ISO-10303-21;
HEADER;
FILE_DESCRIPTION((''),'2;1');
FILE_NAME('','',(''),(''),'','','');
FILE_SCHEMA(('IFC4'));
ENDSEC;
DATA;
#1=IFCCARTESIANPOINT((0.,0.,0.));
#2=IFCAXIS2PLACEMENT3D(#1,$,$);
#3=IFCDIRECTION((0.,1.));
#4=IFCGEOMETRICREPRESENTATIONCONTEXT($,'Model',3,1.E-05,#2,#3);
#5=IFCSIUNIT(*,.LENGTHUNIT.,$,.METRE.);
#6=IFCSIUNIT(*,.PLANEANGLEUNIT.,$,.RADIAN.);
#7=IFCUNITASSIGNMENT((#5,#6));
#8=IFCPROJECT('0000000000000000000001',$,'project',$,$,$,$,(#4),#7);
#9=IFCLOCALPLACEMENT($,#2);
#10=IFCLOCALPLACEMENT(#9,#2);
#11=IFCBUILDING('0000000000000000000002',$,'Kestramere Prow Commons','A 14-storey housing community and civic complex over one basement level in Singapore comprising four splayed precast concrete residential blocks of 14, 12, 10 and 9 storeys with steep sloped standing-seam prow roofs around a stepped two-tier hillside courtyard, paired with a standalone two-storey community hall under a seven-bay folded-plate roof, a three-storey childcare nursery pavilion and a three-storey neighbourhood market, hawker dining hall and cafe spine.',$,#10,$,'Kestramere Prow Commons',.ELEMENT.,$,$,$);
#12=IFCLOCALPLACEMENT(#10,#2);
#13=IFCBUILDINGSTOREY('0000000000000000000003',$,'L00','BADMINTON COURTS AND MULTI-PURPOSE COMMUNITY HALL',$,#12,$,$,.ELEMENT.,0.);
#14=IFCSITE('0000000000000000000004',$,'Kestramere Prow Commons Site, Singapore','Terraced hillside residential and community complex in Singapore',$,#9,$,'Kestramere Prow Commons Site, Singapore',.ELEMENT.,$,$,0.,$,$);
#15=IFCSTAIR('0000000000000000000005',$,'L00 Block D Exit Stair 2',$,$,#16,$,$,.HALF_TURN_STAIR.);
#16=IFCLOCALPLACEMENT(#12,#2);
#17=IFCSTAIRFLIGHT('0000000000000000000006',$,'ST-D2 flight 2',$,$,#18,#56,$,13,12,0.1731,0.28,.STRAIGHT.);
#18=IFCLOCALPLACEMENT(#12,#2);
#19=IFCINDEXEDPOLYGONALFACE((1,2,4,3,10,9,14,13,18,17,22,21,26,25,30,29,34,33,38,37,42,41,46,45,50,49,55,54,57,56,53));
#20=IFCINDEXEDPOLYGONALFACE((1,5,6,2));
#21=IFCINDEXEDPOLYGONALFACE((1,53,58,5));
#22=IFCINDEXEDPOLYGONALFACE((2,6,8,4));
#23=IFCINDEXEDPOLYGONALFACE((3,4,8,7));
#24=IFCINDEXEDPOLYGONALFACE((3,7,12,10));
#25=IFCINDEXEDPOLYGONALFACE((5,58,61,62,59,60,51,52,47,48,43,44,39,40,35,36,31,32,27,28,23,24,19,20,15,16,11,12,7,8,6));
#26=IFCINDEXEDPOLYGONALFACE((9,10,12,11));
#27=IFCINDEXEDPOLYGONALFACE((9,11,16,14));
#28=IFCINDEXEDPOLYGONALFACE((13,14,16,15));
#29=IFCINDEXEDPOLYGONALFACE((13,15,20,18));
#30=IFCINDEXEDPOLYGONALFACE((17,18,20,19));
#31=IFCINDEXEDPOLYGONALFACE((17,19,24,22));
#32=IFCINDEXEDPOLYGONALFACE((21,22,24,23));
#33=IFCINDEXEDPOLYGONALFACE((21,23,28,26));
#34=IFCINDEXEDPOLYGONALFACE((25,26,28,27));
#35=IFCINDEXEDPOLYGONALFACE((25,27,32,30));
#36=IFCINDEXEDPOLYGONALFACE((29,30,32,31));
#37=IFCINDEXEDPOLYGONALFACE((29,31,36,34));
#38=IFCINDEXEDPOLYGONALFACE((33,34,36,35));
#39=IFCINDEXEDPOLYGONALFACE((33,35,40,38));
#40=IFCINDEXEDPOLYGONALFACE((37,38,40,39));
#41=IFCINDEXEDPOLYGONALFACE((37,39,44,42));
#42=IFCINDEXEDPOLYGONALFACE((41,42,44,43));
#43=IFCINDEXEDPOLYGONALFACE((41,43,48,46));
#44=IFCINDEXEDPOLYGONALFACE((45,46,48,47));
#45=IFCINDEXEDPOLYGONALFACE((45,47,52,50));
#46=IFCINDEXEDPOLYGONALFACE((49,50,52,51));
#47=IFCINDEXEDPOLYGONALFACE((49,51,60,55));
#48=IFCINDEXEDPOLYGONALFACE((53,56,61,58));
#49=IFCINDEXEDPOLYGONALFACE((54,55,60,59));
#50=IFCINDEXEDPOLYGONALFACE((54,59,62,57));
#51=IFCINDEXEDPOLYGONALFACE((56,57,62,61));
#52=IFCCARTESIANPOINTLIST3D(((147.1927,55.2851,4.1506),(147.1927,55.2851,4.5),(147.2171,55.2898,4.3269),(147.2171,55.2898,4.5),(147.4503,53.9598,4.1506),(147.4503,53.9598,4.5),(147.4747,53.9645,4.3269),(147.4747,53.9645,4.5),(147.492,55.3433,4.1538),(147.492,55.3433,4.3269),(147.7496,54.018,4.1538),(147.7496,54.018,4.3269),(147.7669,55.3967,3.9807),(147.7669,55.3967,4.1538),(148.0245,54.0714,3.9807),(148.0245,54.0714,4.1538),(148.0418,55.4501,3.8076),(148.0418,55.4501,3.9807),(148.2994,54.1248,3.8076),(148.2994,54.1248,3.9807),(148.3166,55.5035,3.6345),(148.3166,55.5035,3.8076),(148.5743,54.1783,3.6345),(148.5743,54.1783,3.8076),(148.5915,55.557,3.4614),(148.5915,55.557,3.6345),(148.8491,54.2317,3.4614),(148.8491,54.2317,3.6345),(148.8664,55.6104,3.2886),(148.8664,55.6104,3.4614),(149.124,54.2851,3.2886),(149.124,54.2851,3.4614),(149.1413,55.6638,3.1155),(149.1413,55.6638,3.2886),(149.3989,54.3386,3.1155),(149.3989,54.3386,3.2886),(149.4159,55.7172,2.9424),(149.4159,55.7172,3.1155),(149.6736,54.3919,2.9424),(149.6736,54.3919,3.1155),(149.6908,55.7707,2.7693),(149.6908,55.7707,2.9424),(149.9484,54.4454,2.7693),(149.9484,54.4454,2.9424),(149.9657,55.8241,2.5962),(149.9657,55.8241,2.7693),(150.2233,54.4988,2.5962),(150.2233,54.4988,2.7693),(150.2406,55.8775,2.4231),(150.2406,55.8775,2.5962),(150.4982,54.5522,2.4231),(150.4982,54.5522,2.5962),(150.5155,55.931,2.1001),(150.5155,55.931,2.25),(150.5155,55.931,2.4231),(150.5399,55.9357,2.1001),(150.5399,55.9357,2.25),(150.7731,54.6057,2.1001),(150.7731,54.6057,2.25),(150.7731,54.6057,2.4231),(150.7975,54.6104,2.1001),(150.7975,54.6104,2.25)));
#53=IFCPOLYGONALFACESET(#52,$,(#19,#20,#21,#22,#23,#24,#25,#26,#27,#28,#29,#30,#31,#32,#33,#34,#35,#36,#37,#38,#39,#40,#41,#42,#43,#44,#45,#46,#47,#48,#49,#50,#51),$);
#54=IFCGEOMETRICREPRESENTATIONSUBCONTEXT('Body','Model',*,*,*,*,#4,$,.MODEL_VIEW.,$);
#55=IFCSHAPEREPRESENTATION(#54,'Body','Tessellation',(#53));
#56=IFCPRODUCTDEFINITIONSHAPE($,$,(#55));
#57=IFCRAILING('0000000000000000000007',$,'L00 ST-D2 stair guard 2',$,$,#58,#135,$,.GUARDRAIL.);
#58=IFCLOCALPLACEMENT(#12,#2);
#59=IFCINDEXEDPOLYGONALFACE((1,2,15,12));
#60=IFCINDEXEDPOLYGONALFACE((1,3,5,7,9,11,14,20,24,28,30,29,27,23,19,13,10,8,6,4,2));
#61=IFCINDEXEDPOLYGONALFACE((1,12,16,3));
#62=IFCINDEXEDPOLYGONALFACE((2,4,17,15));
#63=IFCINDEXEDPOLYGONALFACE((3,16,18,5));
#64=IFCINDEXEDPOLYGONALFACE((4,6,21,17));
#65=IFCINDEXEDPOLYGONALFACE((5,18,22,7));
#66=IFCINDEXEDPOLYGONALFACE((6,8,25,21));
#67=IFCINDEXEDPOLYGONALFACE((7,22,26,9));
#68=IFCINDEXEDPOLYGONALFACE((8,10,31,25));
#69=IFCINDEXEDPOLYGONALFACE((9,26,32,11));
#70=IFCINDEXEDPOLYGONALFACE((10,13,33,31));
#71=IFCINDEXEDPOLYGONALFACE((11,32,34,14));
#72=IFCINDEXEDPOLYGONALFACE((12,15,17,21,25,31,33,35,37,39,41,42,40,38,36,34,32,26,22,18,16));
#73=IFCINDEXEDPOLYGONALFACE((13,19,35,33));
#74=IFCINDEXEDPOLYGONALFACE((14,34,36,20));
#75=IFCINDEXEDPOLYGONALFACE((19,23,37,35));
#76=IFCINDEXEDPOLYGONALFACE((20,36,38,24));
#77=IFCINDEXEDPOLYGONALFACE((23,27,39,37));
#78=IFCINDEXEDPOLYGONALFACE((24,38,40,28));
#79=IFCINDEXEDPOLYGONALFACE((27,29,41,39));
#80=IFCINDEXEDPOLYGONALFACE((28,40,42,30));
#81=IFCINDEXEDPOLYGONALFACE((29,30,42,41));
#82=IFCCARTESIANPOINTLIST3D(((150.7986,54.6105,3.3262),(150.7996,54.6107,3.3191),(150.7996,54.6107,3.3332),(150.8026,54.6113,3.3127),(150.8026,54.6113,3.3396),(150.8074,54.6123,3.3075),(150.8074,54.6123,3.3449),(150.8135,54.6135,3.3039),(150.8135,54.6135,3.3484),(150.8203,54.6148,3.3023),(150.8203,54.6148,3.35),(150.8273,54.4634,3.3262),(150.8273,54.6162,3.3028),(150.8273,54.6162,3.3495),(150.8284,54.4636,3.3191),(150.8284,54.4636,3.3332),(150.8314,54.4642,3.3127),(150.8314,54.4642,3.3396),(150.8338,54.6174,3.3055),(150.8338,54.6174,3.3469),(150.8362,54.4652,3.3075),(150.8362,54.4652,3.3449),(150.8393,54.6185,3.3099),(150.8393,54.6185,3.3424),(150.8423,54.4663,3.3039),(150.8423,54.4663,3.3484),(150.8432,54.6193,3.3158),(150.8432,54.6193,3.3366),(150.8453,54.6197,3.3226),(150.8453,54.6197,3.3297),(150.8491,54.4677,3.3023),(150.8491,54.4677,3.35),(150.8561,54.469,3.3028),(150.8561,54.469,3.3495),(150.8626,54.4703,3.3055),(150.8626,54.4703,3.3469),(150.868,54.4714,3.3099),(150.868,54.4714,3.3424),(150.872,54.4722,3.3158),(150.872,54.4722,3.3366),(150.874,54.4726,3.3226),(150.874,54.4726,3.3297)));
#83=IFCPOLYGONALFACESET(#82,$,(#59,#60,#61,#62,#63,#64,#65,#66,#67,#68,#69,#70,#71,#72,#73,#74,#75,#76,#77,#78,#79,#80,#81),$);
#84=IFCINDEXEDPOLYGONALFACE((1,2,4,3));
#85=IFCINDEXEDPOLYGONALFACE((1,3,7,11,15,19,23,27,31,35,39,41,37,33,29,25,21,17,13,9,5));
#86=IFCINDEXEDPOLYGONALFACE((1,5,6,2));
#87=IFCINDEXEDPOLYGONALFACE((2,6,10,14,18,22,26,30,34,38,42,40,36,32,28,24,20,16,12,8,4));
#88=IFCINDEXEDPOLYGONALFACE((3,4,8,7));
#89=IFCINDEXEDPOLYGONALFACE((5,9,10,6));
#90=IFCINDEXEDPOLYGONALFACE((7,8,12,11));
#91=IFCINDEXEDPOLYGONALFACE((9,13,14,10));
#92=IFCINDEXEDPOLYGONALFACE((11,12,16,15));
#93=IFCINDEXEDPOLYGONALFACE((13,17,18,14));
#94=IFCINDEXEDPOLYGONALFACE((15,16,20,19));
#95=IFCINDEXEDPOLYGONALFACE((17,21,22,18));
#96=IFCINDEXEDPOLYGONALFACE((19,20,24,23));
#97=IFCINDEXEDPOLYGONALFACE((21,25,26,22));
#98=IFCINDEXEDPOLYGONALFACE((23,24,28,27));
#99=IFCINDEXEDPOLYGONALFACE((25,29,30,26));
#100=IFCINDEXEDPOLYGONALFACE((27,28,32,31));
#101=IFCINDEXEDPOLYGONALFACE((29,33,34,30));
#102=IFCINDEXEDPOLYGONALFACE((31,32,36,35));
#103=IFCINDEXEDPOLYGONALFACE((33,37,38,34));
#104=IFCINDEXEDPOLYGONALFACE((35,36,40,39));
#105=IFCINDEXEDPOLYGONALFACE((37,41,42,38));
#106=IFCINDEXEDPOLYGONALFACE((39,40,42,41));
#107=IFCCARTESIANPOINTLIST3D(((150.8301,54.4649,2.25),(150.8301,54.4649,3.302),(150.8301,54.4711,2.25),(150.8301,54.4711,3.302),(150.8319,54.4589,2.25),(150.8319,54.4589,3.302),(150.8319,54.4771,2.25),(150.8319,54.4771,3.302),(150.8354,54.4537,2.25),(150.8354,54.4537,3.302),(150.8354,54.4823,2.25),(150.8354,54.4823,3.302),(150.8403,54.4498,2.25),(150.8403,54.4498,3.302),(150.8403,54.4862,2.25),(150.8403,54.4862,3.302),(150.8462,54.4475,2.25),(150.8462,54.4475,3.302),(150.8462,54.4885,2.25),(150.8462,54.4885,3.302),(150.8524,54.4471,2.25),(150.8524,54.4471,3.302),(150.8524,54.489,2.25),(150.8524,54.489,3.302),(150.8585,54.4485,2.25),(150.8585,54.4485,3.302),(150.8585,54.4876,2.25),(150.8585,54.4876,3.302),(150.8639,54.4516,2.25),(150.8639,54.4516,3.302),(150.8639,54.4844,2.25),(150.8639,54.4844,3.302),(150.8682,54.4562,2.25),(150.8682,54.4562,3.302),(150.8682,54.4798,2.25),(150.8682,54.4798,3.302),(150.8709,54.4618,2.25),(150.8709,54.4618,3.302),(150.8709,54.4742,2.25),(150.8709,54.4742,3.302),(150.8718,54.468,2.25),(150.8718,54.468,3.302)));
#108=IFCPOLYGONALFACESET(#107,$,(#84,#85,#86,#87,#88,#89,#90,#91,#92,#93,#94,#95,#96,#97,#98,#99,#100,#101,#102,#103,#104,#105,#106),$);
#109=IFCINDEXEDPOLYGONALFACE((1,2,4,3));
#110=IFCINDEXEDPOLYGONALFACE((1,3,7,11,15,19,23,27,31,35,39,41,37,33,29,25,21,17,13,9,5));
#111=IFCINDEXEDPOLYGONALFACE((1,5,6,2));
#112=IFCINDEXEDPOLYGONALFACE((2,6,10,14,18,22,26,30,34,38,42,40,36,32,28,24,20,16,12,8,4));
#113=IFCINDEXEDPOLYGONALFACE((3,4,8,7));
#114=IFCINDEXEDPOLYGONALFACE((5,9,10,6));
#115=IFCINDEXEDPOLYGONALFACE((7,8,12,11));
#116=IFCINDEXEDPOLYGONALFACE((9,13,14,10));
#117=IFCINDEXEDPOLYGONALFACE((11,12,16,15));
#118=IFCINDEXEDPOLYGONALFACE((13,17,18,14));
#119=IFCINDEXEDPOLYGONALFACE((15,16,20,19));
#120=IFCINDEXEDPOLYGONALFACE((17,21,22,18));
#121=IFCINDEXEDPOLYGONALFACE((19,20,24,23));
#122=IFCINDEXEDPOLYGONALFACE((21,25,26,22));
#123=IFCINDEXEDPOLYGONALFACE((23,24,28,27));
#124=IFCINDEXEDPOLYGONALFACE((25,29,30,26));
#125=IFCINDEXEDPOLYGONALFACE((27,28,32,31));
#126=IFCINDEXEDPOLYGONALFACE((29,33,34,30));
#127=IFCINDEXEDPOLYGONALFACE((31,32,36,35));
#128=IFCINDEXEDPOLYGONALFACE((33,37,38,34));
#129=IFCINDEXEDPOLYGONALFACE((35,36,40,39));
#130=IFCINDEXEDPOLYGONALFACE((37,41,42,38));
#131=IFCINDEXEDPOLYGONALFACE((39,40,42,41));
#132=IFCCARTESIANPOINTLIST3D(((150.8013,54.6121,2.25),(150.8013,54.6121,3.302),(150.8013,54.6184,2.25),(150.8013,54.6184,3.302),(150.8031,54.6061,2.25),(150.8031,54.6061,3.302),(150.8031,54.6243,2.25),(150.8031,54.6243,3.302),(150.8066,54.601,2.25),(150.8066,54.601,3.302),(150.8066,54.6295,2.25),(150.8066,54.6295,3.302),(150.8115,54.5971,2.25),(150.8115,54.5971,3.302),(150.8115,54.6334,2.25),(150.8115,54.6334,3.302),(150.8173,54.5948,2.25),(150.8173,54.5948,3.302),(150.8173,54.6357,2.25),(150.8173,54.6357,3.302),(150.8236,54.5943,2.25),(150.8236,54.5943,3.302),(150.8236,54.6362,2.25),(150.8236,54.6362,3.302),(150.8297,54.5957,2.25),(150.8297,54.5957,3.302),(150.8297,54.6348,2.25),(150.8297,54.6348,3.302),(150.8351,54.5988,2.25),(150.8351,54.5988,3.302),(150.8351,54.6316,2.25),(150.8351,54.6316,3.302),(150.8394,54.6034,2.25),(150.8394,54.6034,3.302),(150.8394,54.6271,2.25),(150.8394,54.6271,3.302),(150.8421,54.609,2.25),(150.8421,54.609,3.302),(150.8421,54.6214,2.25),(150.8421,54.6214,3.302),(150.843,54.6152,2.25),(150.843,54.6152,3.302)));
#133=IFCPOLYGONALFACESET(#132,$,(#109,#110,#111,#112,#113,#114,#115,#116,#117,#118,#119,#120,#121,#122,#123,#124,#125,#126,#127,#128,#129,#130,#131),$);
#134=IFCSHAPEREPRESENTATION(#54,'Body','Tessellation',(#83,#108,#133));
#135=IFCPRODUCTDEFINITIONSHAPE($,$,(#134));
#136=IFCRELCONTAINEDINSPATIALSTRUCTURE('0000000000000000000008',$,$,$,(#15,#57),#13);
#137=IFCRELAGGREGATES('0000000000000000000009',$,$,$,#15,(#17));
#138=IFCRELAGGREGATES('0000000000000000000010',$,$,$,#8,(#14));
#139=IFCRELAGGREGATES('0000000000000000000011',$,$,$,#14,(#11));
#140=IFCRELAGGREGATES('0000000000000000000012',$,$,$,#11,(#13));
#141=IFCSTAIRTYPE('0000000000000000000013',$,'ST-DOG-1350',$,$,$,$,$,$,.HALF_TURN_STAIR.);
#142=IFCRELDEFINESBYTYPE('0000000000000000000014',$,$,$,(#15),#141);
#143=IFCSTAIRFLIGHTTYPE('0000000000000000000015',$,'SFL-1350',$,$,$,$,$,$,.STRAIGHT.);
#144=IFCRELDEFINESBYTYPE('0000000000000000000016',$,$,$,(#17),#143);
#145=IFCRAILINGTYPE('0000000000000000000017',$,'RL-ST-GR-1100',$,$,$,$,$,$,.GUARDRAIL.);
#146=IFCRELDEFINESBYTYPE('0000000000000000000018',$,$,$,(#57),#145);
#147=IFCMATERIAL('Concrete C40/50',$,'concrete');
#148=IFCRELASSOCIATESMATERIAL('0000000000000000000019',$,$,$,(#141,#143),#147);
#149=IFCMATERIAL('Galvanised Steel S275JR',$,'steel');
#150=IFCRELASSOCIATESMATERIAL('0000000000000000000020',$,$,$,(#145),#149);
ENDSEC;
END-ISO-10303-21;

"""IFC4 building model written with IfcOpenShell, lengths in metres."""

from ifc_helpers import new_model, si_unit, direction, frame, origin, origin_2d, place, context, subcontext, project, spatial, polyline, circle, outline, extrude, material, type_object, element, aggregate, save


model = new_model("IFC4")

# Units and contexts
model_context = context("Model", 3, precision=1e-05, world=origin(), true_north=direction((0.0, 1.0)))
body_context = subcontext(model_context, "Body", "Model", "MODEL_VIEW")
ifc_project = project(units=[si_unit("LENGTHUNIT", "METRE"), si_unit("PLANEANGLEUNIT", "RADIAN")], contexts=[model_context])

# Site, building, storey
site_placement = place(None, origin())
site = spatial("IfcSite", under=ifc_project, at=site_placement, Name="Kestramere Prow Commons Site, Singapore", Description="Terraced hillside residential and community complex in Singapore", LongName="Kestramere Prow Commons Site, Singapore", CompositionType="ELEMENT", RefElevation=0.0)
building_placement = place(site_placement, origin())
building = spatial("IfcBuilding", under=site, at=building_placement, Name="Kestramere Prow Commons", Description="A 14-storey housing community and civic complex over one basement level in Singapore comprising four splayed precast concrete residential blocks of 14, 12, 10 and 9 storeys with steep sloped standing-seam prow roofs around a stepped two-tier hillside courtyard, paired with a standalone two-storey community hall under a seven-bay folded-plate roof, a three-storey childcare nursery pavilion and a three-storey neighbourhood market, hawker dining hall and cafe spine.", LongName="Kestramere Prow Commons", CompositionType="ELEMENT")
storey_placement = place(building_placement, origin())
storey = spatial("IfcBuildingStorey", under=building, at=storey_placement, Name="L00", Description="BADMINTON COURTS AND MULTI-PURPOSE COMMUNITY HALL", CompositionType="ELEMENT", Elevation=0.0)

# Shared definitions
ifc_material_1 = material(Name="Concrete C40/50", Category="concrete")

# Stair, stair flight
stair_type = type_object("IfcStairType", Name="ST-DOG-1350", PredefinedType="HALF_TURN_STAIR", material=ifc_material_1)
stair_placement = place(storey_placement, origin())
stair = element("IfcStair", 1, at=stair_placement, inside=storey, type_object=stair_type, Name="L00 Block D Exit Stair 2", PredefinedType="HALF_TURN_STAIR")
stair_flight_type = type_object("IfcStairFlightType", Name="SFL-1350", PredefinedType="STRAIGHT", material=ifc_material_1)
stair_flight_placement = place(storey_placement, frame((150.6443, 55.2683, 2.25), z_axis=(0.0, 0.0, 1.0), x_axis=(-0.981627, -0.190809, 0.0)))
stair_flight = element("IfcStairFlight", 2, at=stair_flight_placement, type_object=stair_flight_type, Name="ST-D2 flight 2", NumberOfRisers=13, NumberOfTreads=12, PredefinedType="STRAIGHT", RiserHeight=0.1731, TreadLength=0.28, context=body_context, shape_type="SweptSolid", body=[
    extrude(outline(polyline([(-0.0249, 0.0), (0.0, 0.0), (0.0, 0.1731), (0.28, 0.1731), (0.28, 0.3462), (0.5601, 0.3462), (0.5601, 0.5193), (0.8401, 0.5193), (0.8401, 0.6924), (1.1201, 0.6924), (1.1201, 0.8655), (1.3999, 0.8655), (1.3999, 1.0386), (1.6799, 1.0386), (1.6799, 1.2114), (1.96, 1.2114), (1.96, 1.3845), (2.24, 1.3845), (2.24, 1.5576), (2.52, 1.5576), (2.52, 1.7307), (2.8, 1.7307), (2.8, 1.9038), (3.0801, 1.9038), (3.0801, 2.0769), (3.3601, 2.0769), (3.3601, 2.25), (3.385, 2.25), (3.385, 1.9006), (0.0, -0.1499), (-0.0249, -0.1499), (-0.0249, 0.0)])), frame((0.0, 0.675, 0.0), z_axis=(0.0, -1.0, 0.0), x_axis=(1.0, 0.0, 0.0)), (0.0, 0.0, 1.0), 1.3501),
])
aggregate(stair, [stair_flight])

# Railing
ifc_material_2 = material(Name="Galvanised Steel S275JR", Category="steel")
railing_type_1 = type_object("IfcRailingType", Name="RL-ST-GR-1100", PredefinedType="GUARDRAIL", material=ifc_material_2)
railing_1_placement = place(storey_placement, frame((150.8508, 54.468, 2.25)))
element("IfcRailing", 3, at=railing_1_placement, inside=storey, type_object=railing_type_1, Name="L00 ST-D2 stair guard 2", PredefinedType="GUARDRAIL", context=body_context, shape_type="SweptSolid", body=[
    extrude(circle(Radius=0.0239, at=origin_2d()), frame((0.0, 0.0, 1.0762), z_axis=(-0.192046, 0.981386, 0.0), x_axis=(-0.981386, -0.192046, 0.0)), (0.0, 0.0, 1.0), 0.1499),
    extrude(circle(Radius=0.021, at=origin_2d()), origin(), (0.0, 0.0, 1.0), 1.052),
    extrude(circle(Radius=0.021, at=origin_2d()), frame((-0.0288, 0.1472, 0.0)), (0.0, 0.0, 1.0), 1.052),
])

save(model, "model.ifc")
